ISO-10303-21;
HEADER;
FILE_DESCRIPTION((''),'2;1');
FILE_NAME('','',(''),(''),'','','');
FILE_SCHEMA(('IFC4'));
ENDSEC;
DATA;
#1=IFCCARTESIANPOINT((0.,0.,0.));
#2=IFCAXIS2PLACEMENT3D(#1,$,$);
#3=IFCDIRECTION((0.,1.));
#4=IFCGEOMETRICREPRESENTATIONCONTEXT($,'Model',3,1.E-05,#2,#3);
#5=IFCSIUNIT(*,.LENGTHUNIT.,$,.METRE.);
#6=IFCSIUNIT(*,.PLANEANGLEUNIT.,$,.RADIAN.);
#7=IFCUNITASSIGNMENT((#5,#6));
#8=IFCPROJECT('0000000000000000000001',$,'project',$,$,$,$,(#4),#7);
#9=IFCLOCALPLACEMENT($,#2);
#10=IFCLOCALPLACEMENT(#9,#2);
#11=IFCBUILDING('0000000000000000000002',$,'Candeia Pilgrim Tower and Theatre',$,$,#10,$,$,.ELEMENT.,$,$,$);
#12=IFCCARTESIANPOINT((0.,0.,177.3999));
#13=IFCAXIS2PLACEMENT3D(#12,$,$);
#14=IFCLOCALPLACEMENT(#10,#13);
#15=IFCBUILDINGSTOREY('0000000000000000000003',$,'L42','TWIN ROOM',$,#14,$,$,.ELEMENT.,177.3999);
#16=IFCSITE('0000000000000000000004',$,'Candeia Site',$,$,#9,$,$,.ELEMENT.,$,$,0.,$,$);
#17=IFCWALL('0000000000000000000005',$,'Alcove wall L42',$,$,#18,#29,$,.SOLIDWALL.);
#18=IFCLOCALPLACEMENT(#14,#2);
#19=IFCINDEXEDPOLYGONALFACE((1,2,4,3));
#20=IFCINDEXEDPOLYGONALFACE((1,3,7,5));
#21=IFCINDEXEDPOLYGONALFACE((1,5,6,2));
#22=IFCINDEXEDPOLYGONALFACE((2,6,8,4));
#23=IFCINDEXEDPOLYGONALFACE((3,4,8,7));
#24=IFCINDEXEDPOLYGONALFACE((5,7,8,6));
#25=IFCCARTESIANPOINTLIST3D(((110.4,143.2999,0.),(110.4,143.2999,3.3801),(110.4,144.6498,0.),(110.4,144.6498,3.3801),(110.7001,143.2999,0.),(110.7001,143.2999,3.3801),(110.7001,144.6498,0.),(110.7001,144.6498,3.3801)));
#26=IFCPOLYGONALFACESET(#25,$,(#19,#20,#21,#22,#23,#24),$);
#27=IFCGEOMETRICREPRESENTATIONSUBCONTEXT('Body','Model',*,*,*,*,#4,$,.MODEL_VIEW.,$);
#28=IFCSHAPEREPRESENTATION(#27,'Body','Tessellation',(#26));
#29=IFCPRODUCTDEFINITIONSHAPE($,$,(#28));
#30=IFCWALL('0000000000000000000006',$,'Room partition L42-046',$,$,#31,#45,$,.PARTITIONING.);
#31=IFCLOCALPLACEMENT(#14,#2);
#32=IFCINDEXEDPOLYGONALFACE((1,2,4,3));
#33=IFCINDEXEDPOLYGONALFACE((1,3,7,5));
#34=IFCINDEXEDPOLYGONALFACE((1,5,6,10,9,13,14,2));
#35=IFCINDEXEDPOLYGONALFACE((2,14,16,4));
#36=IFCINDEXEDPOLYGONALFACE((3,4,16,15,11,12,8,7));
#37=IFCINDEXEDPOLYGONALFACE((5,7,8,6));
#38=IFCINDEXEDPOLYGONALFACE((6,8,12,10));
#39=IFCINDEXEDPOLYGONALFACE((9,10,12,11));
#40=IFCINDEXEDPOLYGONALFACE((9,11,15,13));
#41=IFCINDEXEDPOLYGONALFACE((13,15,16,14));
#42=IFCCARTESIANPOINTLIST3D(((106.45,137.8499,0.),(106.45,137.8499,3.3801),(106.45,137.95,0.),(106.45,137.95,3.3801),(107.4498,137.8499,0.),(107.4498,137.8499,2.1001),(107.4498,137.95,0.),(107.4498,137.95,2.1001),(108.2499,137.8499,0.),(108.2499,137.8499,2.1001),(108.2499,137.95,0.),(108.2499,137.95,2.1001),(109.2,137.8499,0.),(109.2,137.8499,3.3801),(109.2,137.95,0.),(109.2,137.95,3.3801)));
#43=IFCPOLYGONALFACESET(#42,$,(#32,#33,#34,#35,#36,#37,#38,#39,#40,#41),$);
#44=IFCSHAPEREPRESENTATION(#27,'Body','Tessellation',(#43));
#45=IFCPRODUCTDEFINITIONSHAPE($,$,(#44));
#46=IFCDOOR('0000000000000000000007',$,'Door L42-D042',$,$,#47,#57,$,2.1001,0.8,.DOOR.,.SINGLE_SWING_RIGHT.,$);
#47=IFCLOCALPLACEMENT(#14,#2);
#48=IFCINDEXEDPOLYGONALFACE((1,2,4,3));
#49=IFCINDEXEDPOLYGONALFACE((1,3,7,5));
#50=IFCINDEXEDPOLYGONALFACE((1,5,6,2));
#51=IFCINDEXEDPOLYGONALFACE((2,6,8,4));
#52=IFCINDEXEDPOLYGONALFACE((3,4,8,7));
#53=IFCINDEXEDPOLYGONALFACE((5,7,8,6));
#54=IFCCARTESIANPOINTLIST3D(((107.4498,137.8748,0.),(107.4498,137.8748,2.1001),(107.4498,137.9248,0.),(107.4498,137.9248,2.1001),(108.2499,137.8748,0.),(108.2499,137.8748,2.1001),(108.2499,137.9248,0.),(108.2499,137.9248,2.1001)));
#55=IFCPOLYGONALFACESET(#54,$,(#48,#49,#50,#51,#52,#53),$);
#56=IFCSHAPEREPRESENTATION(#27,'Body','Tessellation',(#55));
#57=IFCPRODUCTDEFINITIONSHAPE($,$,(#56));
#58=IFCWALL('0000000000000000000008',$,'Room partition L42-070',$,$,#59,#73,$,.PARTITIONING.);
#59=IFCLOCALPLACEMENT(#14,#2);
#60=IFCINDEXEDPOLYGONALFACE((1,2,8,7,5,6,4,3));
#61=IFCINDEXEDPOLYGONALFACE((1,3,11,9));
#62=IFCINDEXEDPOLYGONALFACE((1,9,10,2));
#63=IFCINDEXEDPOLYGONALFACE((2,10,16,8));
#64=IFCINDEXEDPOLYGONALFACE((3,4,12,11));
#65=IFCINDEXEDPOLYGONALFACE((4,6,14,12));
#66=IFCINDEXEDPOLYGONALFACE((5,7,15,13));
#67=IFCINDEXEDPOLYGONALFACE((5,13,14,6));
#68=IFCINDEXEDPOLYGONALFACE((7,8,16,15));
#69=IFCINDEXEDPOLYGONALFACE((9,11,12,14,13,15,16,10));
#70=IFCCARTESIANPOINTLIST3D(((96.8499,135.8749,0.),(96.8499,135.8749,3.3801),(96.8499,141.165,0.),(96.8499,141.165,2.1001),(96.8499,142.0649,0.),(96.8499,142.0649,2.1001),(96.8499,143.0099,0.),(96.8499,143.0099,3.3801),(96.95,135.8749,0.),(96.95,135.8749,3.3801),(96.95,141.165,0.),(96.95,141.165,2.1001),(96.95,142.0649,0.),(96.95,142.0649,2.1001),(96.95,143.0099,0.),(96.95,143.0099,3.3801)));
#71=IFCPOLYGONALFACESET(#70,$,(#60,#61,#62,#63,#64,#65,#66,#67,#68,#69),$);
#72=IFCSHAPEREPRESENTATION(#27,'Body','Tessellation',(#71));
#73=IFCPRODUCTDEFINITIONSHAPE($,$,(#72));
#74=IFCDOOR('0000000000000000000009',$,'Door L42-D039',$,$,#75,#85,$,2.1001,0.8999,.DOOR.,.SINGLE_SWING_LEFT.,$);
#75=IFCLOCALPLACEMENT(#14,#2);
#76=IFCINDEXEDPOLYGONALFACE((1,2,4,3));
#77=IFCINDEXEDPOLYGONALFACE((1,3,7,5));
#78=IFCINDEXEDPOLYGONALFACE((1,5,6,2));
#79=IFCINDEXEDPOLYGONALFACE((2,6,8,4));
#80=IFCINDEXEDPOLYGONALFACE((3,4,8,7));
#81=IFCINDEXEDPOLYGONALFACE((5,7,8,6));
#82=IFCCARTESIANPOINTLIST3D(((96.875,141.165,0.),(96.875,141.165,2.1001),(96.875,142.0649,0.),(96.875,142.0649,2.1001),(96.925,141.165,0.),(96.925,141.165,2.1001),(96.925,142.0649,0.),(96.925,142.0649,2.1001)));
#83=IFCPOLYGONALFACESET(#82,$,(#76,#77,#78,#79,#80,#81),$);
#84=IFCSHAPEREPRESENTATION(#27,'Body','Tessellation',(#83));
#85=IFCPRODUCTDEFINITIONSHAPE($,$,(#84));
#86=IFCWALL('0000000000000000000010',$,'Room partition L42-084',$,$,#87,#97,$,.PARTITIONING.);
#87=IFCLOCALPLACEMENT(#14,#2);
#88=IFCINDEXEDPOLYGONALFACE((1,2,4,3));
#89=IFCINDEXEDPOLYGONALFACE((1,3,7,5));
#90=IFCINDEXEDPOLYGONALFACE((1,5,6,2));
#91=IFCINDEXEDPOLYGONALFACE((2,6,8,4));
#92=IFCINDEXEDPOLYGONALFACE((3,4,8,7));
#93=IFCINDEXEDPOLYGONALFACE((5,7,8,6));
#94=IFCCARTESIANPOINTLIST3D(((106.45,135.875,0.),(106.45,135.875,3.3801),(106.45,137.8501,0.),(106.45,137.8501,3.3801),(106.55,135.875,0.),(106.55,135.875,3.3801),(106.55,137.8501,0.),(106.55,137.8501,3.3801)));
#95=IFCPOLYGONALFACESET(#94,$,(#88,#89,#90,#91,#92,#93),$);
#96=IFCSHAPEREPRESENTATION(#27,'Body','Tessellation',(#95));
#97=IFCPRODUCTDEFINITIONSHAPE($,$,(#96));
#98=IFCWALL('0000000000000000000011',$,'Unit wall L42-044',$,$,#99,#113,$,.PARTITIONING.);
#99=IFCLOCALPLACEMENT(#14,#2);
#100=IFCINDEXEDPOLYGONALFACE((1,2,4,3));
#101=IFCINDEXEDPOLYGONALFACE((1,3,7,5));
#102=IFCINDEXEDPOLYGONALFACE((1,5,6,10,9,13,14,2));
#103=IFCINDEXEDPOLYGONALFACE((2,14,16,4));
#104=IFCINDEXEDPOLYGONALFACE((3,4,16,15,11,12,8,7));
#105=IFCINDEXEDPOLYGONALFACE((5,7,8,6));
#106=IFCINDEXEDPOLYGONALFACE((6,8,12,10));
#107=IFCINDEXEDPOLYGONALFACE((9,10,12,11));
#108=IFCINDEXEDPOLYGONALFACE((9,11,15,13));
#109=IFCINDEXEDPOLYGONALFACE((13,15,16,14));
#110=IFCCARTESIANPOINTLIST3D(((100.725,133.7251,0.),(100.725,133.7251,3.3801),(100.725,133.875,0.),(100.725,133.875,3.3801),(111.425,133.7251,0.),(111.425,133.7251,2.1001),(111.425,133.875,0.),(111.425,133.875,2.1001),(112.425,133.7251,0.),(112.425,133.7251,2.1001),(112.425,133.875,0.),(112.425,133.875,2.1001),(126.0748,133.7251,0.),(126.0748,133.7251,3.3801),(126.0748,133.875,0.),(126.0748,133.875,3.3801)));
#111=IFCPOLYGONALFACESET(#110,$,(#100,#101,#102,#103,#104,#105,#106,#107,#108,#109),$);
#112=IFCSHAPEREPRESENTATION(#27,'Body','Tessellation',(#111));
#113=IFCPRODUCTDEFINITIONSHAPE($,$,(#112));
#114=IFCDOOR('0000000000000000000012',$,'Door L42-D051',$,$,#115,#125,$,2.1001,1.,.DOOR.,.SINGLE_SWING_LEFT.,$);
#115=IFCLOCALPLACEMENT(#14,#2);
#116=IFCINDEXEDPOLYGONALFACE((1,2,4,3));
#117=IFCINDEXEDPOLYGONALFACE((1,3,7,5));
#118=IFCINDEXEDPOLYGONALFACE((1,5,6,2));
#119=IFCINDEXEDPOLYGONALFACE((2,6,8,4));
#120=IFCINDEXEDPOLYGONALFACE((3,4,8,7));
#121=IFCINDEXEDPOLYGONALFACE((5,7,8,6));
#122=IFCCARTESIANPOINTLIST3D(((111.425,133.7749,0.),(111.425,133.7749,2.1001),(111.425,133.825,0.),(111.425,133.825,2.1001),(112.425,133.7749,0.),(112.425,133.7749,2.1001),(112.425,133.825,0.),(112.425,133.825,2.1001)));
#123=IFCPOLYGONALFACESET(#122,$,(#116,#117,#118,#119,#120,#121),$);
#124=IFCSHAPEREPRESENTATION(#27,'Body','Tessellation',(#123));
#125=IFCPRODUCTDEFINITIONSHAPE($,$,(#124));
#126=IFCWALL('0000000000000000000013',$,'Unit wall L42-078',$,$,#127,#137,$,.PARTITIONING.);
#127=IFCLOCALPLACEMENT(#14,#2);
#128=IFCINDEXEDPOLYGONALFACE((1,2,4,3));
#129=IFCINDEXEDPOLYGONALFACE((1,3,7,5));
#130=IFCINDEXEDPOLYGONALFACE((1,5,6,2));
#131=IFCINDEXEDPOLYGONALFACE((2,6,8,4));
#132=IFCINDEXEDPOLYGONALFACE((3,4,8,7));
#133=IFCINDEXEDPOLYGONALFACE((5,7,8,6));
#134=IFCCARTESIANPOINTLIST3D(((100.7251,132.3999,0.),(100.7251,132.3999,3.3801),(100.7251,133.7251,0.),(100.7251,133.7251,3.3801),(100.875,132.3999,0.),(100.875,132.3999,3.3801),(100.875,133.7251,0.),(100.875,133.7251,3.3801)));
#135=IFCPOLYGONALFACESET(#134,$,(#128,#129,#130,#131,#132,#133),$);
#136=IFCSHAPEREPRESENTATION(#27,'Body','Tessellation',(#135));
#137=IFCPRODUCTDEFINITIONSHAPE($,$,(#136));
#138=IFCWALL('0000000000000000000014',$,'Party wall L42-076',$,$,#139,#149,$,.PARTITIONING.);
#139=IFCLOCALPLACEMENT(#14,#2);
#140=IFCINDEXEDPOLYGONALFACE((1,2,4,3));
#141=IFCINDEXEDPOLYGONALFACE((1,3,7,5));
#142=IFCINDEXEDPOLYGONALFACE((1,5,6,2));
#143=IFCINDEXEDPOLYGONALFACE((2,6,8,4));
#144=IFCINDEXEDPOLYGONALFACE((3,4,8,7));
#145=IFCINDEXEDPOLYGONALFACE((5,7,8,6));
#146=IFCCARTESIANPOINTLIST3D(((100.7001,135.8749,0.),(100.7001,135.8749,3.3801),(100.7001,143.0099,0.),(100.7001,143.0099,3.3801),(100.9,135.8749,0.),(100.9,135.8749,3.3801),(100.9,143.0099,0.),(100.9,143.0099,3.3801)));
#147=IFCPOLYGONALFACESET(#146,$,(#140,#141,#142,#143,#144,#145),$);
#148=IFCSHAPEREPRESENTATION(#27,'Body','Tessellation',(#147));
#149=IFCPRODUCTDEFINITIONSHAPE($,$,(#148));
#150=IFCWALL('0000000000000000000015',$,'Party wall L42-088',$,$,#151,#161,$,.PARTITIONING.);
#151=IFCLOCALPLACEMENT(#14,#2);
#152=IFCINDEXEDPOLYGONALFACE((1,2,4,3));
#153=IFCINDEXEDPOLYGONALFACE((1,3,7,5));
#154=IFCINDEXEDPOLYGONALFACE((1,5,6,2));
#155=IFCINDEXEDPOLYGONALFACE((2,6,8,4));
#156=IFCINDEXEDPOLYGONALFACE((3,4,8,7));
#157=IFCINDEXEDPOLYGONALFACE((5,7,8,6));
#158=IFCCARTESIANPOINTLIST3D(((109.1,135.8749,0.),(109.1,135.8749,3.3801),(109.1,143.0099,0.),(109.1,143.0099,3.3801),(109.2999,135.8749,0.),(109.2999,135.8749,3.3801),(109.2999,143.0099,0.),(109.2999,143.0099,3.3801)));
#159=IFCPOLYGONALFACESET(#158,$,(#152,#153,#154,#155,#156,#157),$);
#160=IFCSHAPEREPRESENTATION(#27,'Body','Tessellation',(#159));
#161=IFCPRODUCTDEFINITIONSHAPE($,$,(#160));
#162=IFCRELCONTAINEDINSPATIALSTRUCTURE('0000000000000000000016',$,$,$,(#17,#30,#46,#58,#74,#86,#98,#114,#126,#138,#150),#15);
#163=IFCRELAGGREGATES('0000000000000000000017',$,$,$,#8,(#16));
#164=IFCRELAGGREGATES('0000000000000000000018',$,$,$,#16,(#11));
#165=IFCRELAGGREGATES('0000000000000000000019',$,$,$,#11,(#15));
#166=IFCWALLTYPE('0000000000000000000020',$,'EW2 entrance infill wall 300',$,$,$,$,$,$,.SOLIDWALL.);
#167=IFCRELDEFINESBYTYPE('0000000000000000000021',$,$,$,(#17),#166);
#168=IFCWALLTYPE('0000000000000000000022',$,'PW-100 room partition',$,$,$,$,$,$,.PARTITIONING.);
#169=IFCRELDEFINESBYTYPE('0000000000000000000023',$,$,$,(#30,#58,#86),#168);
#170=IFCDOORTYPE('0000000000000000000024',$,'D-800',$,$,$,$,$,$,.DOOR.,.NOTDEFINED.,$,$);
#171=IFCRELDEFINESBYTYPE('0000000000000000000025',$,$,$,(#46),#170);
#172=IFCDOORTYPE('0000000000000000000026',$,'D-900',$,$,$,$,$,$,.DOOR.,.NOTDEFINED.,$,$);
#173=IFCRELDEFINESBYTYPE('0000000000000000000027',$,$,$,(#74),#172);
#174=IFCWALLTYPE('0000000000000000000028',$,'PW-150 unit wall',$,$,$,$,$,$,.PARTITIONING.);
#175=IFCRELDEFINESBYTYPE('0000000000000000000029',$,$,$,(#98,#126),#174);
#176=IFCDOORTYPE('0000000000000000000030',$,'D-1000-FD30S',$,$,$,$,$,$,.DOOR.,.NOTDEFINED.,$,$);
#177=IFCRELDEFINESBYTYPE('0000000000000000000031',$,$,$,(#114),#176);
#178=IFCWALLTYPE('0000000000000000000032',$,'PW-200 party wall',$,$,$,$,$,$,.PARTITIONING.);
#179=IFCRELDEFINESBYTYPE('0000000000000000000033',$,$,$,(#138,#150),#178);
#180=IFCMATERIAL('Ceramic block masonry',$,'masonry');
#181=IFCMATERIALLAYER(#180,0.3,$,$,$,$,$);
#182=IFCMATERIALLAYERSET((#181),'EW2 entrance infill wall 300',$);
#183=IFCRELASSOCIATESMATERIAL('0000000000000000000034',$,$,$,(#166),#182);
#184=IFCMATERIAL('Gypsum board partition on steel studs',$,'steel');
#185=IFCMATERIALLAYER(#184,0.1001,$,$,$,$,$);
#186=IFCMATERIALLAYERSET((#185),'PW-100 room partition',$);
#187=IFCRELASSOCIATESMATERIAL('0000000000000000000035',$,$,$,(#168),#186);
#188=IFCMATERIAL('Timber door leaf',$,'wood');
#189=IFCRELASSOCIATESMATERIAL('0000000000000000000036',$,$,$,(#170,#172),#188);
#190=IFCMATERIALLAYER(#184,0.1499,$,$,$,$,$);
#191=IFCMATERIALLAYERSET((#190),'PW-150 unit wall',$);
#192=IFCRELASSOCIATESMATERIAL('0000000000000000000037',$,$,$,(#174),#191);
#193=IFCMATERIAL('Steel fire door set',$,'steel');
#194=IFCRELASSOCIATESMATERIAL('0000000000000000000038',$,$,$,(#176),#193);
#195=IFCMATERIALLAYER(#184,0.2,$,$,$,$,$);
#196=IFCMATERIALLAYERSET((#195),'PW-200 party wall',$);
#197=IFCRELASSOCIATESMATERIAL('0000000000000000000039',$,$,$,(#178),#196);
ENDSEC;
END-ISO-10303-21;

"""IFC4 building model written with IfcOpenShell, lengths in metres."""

from ifc_helpers import new_model, si_unit, direction, frame, frame_2d, origin, place, context, subcontext, project, spatial, rectangle, extrude, material, layer, layer_set, type_object, element, fill, save


model = new_model("IFC4")

# Units and contexts
model_context = context("Model", 3, precision=1e-05, world=origin(), true_north=direction((0.0, 1.0)))
body_context = subcontext(model_context, "Body", "Model", "MODEL_VIEW")
ifc_project = project(units=[si_unit("LENGTHUNIT", "METRE"), si_unit("PLANEANGLEUNIT", "RADIAN")], contexts=[model_context])

# Site, building, storey
site_placement = place(None, origin())
site = spatial("IfcSite", under=ifc_project, at=site_placement, Name="Candeia Site", CompositionType="ELEMENT", RefElevation=0.0)
building_placement = place(site_placement, origin())
building = spatial("IfcBuilding", under=site, at=building_placement, Name="Candeia Pilgrim Tower and Theatre", CompositionType="ELEMENT")
storey_placement = place(building_placement, frame((0.0, 0.0, 177.3999)))
storey = spatial("IfcBuildingStorey", under=building, at=storey_placement, Name="L42", Description="TWIN ROOM", CompositionType="ELEMENT", Elevation=177.3999)

# Shared definitions
ifc_material_1 = material(Name="Ceramic block masonry", Category="masonry")

# Wall
ifc_layer_1 = layer(ifc_material_1, 0.3)
ifc_layer_set_1 = layer_set([ifc_layer_1], Name="EW2 entrance infill wall 300")
wall_type_1 = type_object("IfcWallType", Name="EW2 entrance infill wall 300", PredefinedType="SOLIDWALL", material=ifc_layer_set_1)
wall_1_placement = place(storey_placement, frame((110.55, 143.3, 0.0), z_axis=(0.0, 0.0, 1.0), x_axis=(0.0, 1.0, 0.0)))
element("IfcWall", 1, at=wall_1_placement, inside=storey, type_object=wall_type_1, Name="Alcove wall L42", PredefinedType="SOLIDWALL", context=body_context, shape_type="SweptSolid", body=[
    extrude(rectangle(XDim=1.3499, YDim=0.3, at=frame_2d((0.6748, 0.0))), origin(), (0.0, 0.0, 1.0), 3.3801),
])

# Walls, openings, doors
ifc_material_2 = material(Name="Gypsum board partition on steel studs", Category="steel")
ifc_layer_2 = layer(ifc_material_2, 0.1001)
ifc_layer_set_2 = layer_set([ifc_layer_2], Name="PW-100 room partition")
wall_type_2 = type_object("IfcWallType", Name="PW-100 room partition", PredefinedType="PARTITIONING", material=ifc_layer_set_2)
wall_2_placement = place(storey_placement, frame((106.45, 137.8999, 0.0), z_axis=(0.0, 0.0, 1.0), x_axis=(1.0, 0.0, 0.0)))
wall_2 = element("IfcWall", 2, at=wall_2_placement, inside=storey, type_object=wall_type_2, Name="Room partition L42-046", PredefinedType="PARTITIONING", context=body_context, shape_type="SweptSolid", body=[
    extrude(rectangle(XDim=2.75, YDim=0.1001, at=frame_2d((1.375, 0.0))), origin(), (0.0, 0.0, 1.0), 3.3801),
])
opening_1_placement = place(wall_2_placement, frame((1.0, 0.0, 0.0)))
opening_1 = element("IfcOpeningElement", 3, at=opening_1_placement, cuts=wall_2, PredefinedType="OPENING", context=body_context, shape_type="SweptSolid", body=[
    extrude(rectangle(XDim=0.8, YDim=2.1001, at=frame_2d((0.3999, 1.05))), frame((0.0, 0.0601, 0.0), z_axis=(0.0, -1.0, 0.0), x_axis=(1.0, 0.0, 0.0)), (0.0, 0.0, 1.0), 0.1201),
])
ifc_material_3 = material(Name="Timber door leaf", Category="wood")
door_type_1 = type_object("IfcDoorType", Name="D-800", OperationType="NOTDEFINED", PredefinedType="DOOR", material=ifc_material_3)
door_1_placement = place(opening_1_placement, origin())
door_1 = element("IfcDoor", 4, at=door_1_placement, inside=storey, type_object=door_type_1, Name="Door L42-D042", OperationType="SINGLE_SWING_RIGHT", OverallHeight=2.1001, OverallWidth=0.8, PredefinedType="DOOR", context=body_context, shape_type="SweptSolid", body=[
    extrude(rectangle(XDim=0.8, YDim=2.1001, at=frame_2d((0.3999, 1.05))), frame((0.0, 0.0249, 0.0), z_axis=(0.0, -1.0, 0.0), x_axis=(1.0, 0.0, 0.0)), (0.0, 0.0, 1.0), 0.05),
])
fill(opening_1, door_1)
wall_3_placement = place(storey_placement, frame((96.8999, 135.875, 0.0), z_axis=(0.0, 0.0, 1.0), x_axis=(0.0, 1.0, 0.0)))
wall_3 = element("IfcWall", 5, at=wall_3_placement, inside=storey, type_object=wall_type_2, Name="Room partition L42-070", PredefinedType="PARTITIONING", context=body_context, shape_type="SweptSolid", body=[
    extrude(rectangle(XDim=7.135, YDim=0.1001, at=frame_2d((3.5674, 0.0))), origin(), (0.0, 0.0, 1.0), 3.3801),
])
opening_2_placement = place(wall_3_placement, frame((5.29, 0.0, 0.0)))
opening_2 = element("IfcOpeningElement", 6, at=opening_2_placement, cuts=wall_3, PredefinedType="OPENING", context=body_context, shape_type="SweptSolid", body=[
    extrude(rectangle(XDim=0.8999, YDim=2.1001, at=frame_2d((0.45, 1.05))), frame((0.0, 0.0601, 0.0), z_axis=(0.0, -1.0, 0.0), x_axis=(1.0, 0.0, 0.0)), (0.0, 0.0, 1.0), 0.1201),
])
door_type_2 = type_object("IfcDoorType", Name="D-900", OperationType="NOTDEFINED", PredefinedType="DOOR", material=ifc_material_3)
door_2_placement = place(opening_2_placement, origin())
door_2 = element("IfcDoor", 7, at=door_2_placement, inside=storey, type_object=door_type_2, Name="Door L42-D039", OperationType="SINGLE_SWING_LEFT", OverallHeight=2.1001, OverallWidth=0.8999, PredefinedType="DOOR", context=body_context, shape_type="SweptSolid", body=[
    extrude(rectangle(XDim=0.8999, YDim=2.1001, at=frame_2d((0.45, 1.05))), frame((0.0, 0.0249, 0.0), z_axis=(0.0, -1.0, 0.0), x_axis=(1.0, 0.0, 0.0)), (0.0, 0.0, 1.0), 0.05),
])
fill(opening_2, door_2)

# Wall
wall_4_placement = place(storey_placement, frame((106.5, 135.875, 0.0), z_axis=(0.0, 0.0, 1.0), x_axis=(0.0, 1.0, 0.0)))
element("IfcWall", 8, at=wall_4_placement, inside=storey, type_object=wall_type_2, Name="Room partition L42-084", PredefinedType="PARTITIONING", context=body_context, shape_type="SweptSolid", body=[
    extrude(rectangle(XDim=1.9751, YDim=0.1001, at=frame_2d((0.9875, 0.0))), origin(), (0.0, 0.0, 1.0), 3.3801),
])

# Wall, opening, door
ifc_layer_3 = layer(ifc_material_2, 0.1499)
ifc_layer_set_3 = layer_set([ifc_layer_3], Name="PW-150 unit wall")
wall_type_3 = type_object("IfcWallType", Name="PW-150 unit wall", PredefinedType="PARTITIONING", material=ifc_layer_set_3)
wall_5_placement = place(storey_placement, frame((100.7251, 133.8, 0.0), z_axis=(0.0, 0.0, 1.0), x_axis=(1.0, 0.0, 0.0)))
wall_5 = element("IfcWall", 9, at=wall_5_placement, inside=storey, type_object=wall_type_3, Name="Unit wall L42-044", PredefinedType="PARTITIONING", context=body_context, shape_type="SweptSolid", body=[
    extrude(rectangle(XDim=25.3499, YDim=0.1499, at=frame_2d((12.6748, 0.0))), origin(), (0.0, 0.0, 1.0), 3.3801),
])
opening_3_placement = place(wall_5_placement, frame((10.7, 0.0, 0.0)))
opening_3 = element("IfcOpeningElement", 10, at=opening_3_placement, cuts=wall_5, PredefinedType="OPENING", context=body_context, shape_type="SweptSolid", body=[
    extrude(rectangle(XDim=1.0, YDim=2.1001, at=frame_2d((0.5, 1.05))), frame((0.0, 0.085, 0.0), z_axis=(0.0, -1.0, 0.0), x_axis=(1.0, 0.0, 0.0)), (0.0, 0.0, 1.0), 0.1699),
])
ifc_material_4 = material(Name="Steel fire door set", Category="steel")
door_type_3 = type_object("IfcDoorType", Name="D-1000-FD30S", OperationType="NOTDEFINED", PredefinedType="DOOR", material=ifc_material_4)
door_3_placement = place(opening_3_placement, origin())
door_3 = element("IfcDoor", 11, at=door_3_placement, inside=storey, type_object=door_type_3, Name="Door L42-D051", OperationType="SINGLE_SWING_LEFT", OverallHeight=2.1001, OverallWidth=1.0, PredefinedType="DOOR", context=body_context, shape_type="SweptSolid", body=[
    extrude(rectangle(XDim=1.0, YDim=2.1001, at=frame_2d((0.5, 1.05))), frame((0.0, 0.0249, 0.0), z_axis=(0.0, -1.0, 0.0), x_axis=(1.0, 0.0, 0.0)), (0.0, 0.0, 1.0), 0.05),
])
fill(opening_3, door_3)

# Walls
wall_6_placement = place(storey_placement, frame((100.8, 132.3999, 0.0), z_axis=(0.0, 0.0, 1.0), x_axis=(0.0, 1.0, 0.0)))
element("IfcWall", 12, at=wall_6_placement, inside=storey, type_object=wall_type_3, Name="Unit wall L42-078", PredefinedType="PARTITIONING", context=body_context, shape_type="SweptSolid", body=[
    extrude(rectangle(XDim=1.3252, YDim=0.1499, at=frame_2d((0.6626, 0.0))), origin(), (0.0, 0.0, 1.0), 3.3801),
])
ifc_layer_4 = layer(ifc_material_2, 0.2)
ifc_layer_set_4 = layer_set([ifc_layer_4], Name="PW-200 party wall")
wall_type_4 = type_object("IfcWallType", Name="PW-200 party wall", PredefinedType="PARTITIONING", material=ifc_layer_set_4)
for number, where, z_axis, x_axis, name in (
    (13, (100.8, 135.875, 0.0), (0.0, 0.0, 1.0), (0.0, 1.0, 0.0), "Party wall L42-076"),
    (14, (109.2, 135.875, 0.0), (0.0, 0.0, 1.0), (0.0, 1.0, 0.0), "Party wall L42-088"),
):
    element("IfcWall", number, at=place(storey_placement, frame(where, z_axis=z_axis, x_axis=x_axis)), inside=storey, type_object=wall_type_4, Name=name, PredefinedType="PARTITIONING", context=body_context, shape_type="SweptSolid", body=[
        extrude(rectangle(XDim=7.135, YDim=0.2, at=frame_2d((3.5674, 0.0))), origin(), (0.0, 0.0, 1.0), 3.3801),
    ])

save(model, "model.ifc")
